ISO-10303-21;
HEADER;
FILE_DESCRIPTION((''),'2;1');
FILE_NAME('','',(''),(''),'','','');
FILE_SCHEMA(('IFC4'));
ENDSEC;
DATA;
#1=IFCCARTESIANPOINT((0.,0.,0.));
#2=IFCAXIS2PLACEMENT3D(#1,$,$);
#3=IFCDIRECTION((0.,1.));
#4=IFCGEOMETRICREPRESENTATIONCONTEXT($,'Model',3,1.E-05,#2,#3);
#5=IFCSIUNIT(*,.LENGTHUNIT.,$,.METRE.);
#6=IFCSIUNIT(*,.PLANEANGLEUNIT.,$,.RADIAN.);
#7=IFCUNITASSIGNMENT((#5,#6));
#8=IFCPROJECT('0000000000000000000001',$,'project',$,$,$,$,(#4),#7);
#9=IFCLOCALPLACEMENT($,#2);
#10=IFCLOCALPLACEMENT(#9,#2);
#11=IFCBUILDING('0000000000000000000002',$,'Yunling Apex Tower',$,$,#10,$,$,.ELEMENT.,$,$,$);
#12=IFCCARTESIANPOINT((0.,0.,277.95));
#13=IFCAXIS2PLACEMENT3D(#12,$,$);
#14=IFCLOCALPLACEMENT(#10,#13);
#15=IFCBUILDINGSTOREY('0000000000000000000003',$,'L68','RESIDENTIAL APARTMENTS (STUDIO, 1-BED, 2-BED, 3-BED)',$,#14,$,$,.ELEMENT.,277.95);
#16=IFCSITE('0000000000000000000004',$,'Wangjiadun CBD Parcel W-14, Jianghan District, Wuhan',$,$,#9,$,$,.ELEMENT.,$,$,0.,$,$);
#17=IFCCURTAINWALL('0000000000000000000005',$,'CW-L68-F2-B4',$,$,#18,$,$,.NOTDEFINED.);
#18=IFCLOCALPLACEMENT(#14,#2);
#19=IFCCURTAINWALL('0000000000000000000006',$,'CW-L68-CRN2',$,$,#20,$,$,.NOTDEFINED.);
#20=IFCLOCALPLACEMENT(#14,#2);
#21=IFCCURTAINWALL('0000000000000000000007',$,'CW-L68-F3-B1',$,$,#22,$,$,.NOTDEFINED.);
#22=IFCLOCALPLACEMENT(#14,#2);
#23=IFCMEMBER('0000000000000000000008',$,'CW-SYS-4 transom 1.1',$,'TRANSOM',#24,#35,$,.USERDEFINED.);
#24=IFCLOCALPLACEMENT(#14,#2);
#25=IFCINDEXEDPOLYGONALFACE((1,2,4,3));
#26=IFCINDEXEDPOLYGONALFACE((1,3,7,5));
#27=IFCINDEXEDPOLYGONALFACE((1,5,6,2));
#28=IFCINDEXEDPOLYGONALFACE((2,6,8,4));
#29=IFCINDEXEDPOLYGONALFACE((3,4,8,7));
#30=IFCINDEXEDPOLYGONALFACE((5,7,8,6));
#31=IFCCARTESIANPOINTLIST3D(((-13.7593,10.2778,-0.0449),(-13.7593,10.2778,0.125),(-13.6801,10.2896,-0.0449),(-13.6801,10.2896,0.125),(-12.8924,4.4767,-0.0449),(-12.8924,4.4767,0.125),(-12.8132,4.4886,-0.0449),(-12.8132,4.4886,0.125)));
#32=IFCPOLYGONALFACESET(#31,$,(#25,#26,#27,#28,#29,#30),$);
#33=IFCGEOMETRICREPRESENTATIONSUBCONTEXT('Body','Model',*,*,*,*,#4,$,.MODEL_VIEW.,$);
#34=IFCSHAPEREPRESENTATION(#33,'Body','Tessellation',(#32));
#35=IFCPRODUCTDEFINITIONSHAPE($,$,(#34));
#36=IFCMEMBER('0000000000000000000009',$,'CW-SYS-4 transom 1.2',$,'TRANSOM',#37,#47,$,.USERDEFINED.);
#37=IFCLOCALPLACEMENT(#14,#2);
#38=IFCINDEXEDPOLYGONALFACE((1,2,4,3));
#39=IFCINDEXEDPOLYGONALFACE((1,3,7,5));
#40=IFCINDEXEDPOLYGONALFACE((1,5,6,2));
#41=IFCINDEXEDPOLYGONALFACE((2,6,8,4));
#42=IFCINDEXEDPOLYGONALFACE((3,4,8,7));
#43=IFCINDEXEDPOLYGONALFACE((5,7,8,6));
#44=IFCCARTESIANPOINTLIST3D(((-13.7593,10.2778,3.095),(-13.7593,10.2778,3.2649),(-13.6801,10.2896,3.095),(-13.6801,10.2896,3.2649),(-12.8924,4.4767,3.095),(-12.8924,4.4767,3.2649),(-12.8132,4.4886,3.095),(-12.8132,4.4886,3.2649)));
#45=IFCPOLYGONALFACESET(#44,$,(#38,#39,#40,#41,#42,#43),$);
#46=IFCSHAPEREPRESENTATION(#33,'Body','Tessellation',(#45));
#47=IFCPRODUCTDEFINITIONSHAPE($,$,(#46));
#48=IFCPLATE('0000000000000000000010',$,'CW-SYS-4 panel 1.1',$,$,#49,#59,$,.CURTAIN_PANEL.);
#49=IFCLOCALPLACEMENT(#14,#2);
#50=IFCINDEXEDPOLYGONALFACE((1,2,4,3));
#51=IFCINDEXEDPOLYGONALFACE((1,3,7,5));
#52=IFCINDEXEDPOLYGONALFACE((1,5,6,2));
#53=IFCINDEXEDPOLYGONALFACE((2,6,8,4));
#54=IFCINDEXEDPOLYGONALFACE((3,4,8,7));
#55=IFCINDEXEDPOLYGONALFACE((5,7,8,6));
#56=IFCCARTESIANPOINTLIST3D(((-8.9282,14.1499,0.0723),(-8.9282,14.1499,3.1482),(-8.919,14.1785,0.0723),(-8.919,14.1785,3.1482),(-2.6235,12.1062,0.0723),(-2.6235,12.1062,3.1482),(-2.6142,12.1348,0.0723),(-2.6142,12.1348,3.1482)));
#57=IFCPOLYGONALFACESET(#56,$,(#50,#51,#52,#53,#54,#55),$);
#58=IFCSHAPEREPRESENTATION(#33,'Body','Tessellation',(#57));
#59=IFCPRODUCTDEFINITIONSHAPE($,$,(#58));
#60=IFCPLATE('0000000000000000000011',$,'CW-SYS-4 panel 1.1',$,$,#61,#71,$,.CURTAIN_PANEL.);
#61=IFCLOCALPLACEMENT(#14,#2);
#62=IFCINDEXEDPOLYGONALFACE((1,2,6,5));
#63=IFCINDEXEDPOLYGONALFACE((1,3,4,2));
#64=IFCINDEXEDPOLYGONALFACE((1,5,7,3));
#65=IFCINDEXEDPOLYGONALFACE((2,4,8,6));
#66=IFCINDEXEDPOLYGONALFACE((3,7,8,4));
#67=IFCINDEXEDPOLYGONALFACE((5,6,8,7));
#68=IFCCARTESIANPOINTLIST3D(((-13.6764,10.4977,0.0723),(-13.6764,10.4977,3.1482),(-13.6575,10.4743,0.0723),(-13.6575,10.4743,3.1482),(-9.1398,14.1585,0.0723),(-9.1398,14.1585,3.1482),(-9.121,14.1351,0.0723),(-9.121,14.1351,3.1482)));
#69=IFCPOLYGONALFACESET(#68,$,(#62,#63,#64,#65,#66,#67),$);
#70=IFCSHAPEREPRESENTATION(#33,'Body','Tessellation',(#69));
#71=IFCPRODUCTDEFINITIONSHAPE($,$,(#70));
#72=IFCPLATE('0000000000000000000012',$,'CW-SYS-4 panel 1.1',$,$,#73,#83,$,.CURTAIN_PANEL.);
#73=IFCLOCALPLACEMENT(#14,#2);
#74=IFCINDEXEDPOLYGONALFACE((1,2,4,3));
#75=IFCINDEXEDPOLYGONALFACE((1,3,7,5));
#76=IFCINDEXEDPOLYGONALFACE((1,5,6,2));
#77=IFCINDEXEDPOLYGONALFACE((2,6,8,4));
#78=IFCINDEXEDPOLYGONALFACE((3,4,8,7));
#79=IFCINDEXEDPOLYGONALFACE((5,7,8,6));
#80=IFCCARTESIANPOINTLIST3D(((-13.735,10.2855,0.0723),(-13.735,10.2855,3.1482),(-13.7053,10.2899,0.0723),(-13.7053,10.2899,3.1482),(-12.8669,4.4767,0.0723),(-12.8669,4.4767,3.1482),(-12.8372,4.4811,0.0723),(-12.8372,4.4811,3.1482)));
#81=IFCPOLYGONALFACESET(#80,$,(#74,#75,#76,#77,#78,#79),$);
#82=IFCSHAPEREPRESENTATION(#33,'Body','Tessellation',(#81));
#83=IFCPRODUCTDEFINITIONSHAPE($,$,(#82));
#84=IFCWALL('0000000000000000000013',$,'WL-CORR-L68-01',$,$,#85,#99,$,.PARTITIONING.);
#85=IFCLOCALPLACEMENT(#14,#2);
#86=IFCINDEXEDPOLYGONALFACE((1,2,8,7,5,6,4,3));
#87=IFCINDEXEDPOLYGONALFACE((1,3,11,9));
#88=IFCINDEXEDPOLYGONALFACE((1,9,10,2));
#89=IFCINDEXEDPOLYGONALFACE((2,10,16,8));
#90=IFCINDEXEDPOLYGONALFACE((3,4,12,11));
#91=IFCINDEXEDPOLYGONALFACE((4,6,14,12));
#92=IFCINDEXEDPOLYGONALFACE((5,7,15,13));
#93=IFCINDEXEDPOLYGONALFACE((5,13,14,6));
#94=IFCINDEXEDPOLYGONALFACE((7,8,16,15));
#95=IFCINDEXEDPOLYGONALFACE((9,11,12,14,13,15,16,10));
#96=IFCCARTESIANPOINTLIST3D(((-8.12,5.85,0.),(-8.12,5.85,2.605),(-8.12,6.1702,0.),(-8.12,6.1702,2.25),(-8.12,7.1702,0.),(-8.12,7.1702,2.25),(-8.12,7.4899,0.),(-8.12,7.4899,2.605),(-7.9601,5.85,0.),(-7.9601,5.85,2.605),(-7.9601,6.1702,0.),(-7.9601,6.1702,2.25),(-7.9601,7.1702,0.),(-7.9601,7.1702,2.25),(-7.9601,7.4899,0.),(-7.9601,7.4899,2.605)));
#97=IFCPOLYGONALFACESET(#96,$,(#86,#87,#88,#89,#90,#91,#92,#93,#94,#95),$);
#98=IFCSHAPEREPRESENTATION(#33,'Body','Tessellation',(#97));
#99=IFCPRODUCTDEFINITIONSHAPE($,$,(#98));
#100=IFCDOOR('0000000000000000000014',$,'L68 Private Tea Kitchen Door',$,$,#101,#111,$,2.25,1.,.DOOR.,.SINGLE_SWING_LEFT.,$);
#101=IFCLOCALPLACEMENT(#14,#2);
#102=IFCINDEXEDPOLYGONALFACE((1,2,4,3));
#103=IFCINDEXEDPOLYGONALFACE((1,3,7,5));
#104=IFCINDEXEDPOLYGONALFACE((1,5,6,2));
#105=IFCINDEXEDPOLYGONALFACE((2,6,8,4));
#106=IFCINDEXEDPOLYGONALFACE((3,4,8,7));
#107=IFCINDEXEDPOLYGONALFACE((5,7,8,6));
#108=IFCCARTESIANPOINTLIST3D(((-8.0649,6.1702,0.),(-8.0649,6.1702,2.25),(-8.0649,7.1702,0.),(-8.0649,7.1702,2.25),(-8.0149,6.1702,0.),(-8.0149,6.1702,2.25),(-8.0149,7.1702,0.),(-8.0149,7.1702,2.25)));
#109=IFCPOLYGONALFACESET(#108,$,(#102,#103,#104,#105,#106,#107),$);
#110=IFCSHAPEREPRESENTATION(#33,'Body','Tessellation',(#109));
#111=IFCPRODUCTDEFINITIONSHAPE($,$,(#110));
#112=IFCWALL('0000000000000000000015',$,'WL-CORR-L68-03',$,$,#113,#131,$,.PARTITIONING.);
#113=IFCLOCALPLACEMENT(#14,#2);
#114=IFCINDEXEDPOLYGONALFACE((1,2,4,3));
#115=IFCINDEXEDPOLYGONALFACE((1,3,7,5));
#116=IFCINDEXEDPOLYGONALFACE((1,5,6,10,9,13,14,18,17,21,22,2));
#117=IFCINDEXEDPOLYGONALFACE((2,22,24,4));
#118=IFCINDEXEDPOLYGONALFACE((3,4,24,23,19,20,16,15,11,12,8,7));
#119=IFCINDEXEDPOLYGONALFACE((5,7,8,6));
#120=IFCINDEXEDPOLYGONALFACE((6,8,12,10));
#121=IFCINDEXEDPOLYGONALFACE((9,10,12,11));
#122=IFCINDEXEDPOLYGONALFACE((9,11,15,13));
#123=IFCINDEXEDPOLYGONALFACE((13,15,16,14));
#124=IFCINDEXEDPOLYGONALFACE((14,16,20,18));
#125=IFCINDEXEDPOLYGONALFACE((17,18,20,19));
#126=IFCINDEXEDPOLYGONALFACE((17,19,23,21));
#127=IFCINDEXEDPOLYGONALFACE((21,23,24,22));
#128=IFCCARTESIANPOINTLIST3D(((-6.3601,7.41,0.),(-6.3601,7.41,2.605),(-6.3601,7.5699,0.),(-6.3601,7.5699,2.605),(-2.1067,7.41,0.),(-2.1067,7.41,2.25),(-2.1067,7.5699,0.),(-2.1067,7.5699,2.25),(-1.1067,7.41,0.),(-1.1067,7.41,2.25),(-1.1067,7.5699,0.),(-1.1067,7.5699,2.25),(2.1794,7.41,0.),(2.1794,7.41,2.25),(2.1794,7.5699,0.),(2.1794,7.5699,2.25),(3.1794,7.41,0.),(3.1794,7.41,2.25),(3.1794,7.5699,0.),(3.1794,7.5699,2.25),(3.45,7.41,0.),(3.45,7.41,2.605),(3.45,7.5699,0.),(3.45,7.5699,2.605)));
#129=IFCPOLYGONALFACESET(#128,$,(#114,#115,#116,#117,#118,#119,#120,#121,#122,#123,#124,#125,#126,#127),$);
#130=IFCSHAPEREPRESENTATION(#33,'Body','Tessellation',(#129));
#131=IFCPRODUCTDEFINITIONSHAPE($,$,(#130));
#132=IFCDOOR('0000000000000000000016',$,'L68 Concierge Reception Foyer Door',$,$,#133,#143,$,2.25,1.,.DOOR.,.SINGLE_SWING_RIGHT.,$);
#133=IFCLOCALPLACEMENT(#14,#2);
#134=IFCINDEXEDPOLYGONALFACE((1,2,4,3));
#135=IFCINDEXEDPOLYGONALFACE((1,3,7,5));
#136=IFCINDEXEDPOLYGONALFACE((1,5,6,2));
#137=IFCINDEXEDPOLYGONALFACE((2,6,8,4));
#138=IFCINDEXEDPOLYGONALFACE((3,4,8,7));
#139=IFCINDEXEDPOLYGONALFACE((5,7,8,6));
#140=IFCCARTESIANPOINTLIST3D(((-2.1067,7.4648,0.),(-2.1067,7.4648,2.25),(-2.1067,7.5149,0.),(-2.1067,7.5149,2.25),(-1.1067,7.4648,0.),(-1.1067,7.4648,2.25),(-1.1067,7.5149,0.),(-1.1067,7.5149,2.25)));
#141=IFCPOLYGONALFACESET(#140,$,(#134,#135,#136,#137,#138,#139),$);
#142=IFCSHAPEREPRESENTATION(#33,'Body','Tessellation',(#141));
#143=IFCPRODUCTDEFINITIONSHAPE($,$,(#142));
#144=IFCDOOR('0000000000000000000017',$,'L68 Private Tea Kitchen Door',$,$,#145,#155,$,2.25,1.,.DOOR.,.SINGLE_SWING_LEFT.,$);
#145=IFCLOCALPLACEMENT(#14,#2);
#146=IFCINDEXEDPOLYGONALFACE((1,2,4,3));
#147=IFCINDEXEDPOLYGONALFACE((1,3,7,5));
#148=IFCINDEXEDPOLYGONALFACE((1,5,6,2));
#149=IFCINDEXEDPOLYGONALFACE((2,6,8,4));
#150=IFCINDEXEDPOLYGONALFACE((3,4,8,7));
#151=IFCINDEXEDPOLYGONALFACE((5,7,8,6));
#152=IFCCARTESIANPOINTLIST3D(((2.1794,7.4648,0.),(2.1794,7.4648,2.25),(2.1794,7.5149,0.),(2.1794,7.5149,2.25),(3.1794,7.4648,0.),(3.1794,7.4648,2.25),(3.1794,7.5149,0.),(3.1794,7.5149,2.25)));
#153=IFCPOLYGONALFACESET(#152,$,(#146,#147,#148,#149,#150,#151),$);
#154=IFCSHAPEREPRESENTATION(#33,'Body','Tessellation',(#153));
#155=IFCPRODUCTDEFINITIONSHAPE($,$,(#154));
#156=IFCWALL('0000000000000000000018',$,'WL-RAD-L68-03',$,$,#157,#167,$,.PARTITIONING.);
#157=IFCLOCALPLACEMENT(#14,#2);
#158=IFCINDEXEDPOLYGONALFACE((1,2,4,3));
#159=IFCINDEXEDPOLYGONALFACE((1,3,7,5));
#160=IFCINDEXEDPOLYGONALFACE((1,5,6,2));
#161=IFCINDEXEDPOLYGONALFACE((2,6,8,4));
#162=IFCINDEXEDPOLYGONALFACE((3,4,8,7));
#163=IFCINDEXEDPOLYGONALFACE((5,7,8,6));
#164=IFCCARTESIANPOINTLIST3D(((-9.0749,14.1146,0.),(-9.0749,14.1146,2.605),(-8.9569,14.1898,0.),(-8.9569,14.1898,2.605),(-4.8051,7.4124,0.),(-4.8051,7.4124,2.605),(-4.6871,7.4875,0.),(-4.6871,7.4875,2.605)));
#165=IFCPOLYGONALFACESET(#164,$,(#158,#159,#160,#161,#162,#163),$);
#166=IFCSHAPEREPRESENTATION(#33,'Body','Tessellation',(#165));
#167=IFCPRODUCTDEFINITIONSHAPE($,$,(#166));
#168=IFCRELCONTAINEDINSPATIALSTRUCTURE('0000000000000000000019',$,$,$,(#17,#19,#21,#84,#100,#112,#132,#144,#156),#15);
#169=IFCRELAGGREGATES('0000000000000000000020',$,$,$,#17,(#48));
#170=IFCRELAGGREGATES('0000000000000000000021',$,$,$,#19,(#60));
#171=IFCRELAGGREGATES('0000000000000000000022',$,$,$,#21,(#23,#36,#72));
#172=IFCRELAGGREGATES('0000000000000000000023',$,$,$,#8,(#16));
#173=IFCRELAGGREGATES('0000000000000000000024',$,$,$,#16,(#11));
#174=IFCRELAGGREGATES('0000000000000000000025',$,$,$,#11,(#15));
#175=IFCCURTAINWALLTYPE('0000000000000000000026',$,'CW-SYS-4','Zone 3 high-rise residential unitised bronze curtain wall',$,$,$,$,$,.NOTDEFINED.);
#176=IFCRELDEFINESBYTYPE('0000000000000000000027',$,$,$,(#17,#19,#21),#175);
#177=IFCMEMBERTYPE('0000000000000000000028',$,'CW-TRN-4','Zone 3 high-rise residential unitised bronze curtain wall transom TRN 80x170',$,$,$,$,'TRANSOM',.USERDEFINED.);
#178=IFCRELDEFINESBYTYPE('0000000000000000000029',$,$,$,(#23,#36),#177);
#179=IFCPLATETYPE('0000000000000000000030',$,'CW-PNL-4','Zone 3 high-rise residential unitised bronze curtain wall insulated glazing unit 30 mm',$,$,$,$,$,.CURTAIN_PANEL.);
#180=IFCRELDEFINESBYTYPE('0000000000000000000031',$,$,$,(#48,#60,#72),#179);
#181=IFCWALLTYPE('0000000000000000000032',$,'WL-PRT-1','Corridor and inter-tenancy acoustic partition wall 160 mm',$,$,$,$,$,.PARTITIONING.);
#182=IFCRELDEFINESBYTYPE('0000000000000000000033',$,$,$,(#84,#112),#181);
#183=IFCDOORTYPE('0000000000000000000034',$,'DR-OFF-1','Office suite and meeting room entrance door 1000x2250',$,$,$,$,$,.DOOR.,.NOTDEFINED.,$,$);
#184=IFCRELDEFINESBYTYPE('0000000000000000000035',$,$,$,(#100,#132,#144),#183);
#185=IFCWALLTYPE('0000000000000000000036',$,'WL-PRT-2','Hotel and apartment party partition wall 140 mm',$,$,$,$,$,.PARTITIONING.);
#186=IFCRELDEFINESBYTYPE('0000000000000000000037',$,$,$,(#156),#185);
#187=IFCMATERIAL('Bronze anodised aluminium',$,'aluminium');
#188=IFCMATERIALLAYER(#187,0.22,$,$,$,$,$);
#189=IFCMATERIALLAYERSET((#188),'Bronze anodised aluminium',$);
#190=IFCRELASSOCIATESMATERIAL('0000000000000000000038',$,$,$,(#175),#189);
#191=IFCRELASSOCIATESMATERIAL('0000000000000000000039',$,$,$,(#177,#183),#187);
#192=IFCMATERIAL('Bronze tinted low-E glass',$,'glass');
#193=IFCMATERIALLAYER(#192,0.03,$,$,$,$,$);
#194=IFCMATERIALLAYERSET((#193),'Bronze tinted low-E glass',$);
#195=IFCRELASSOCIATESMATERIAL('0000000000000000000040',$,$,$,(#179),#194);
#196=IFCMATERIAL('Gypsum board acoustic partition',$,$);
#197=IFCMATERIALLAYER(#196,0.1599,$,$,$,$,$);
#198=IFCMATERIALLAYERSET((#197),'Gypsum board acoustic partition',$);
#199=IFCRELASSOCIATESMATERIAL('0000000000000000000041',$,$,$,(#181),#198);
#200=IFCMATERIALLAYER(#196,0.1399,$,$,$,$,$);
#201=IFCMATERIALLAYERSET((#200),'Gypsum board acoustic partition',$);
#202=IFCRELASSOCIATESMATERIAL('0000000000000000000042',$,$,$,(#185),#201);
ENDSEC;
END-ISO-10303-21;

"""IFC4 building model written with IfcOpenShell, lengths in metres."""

from ifc_helpers import new_model, si_unit, direction, frame, frame_2d, origin, origin_2d, place, context, subcontext, project, spatial, rectangle, extrude, source, transform, mapped, material, layer, layer_set, material_profile, profile_set, type_object, element, fill, aggregate, save


model = new_model("IFC4")

# Units and contexts
model_context = context("Model", 3, precision=1e-05, world=origin(), true_north=direction((0.0, 1.0)))
body_context = subcontext(model_context, "Body", "Model", "MODEL_VIEW")
ifc_project = project(units=[si_unit("LENGTHUNIT", "METRE"), si_unit("PLANEANGLEUNIT", "RADIAN")], contexts=[model_context])

# Site, building, storey
site_placement = place(None, origin())
site = spatial("IfcSite", under=ifc_project, at=site_placement, Name="Wangjiadun CBD Parcel W-14, Jianghan District, Wuhan", CompositionType="ELEMENT", RefElevation=0.0)
building_placement = place(site_placement, origin())
building = spatial("IfcBuilding", under=site, at=building_placement, Name="Yunling Apex Tower", CompositionType="ELEMENT")
storey_placement = place(building_placement, frame((0.0, 0.0, 277.95)))
storey = spatial("IfcBuildingStorey", under=building, at=storey_placement, Name="L68", Description="RESIDENTIAL APARTMENTS (STUDIO, 1-BED, 2-BED, 3-BED)", CompositionType="ELEMENT", Elevation=277.95)

# Curtain wall
ifc_material_1 = material(Name="Bronze anodised aluminium", Category="aluminium")
ifc_layer_1 = layer(ifc_material_1, 0.22)
ifc_layer_set_1 = layer_set([ifc_layer_1], Name="Bronze anodised aluminium")
curtain_wall_type = type_object("IfcCurtainWallType", Name="CW-SYS-4", Description="Zone 3 high-rise residential unitised bronze curtain wall", PredefinedType="NOTDEFINED", material=ifc_layer_set_1)
curtain_wall_1_placement = place(storey_placement, origin())
curtain_wall_1 = element("IfcCurtainWall", 1, at=curtain_wall_1_placement, inside=storey, type_object=curtain_wall_type, Name="CW-L68-F2-B4", PredefinedType="NOTDEFINED")

# Curtain wall
curtain_wall_2_placement = place(storey_placement, origin())
curtain_wall_2 = element("IfcCurtainWall", 2, at=curtain_wall_2_placement, inside=storey, type_object=curtain_wall_type, Name="CW-L68-CRN2", PredefinedType="NOTDEFINED")

# Curtain wall
curtain_wall_3_placement = place(storey_placement, origin())
curtain_wall_3 = element("IfcCurtainWall", 3, at=curtain_wall_3_placement, inside=storey, type_object=curtain_wall_type, Name="CW-L68-F3-B1", PredefinedType="NOTDEFINED")

# Members
ifc_material_profile_1 = material_profile(ifc_material_1, rectangle(XDim=0.0801, YDim=0.1699, at=origin_2d()))
ifc_profile_set_1 = profile_set([ifc_material_profile_1], Name="Bronze anodised aluminium")
member_type_1 = type_object("IfcMemberType", Name="CW-TRN-4", Description="Zone 3 high-rise residential unitised bronze curtain wall transom TRN 80x170", ElementType="TRANSOM", PredefinedType="USERDEFINED", material=ifc_profile_set_1)
shared_shape_1 = source(origin(), body_context, "Body", "SweptSolid", [
    extrude(rectangle(XDim=0.0801, YDim=0.1699, at=origin_2d()), origin(), (0.0, 0.0, 1.0), 5.8655),
])
member_1_placement = place(storey_placement, frame((-13.7197, 10.2837, 0.04), z_axis=(0.147805, -0.989017, 0.0), x_axis=(0.989017, 0.147805, 0.0)))
member_1 = element("IfcMember", 4, at=member_1_placement, type_object=member_type_1, Name="CW-SYS-4 transom 1.1", ObjectType="TRANSOM", PredefinedType="USERDEFINED", context=body_context, shape_type="MappedRepresentation", body=[
    mapped(shared_shape_1, transform((0.0, 0.0, 0.0), scale=1.0)),
])
member_2_placement = place(storey_placement, frame((-13.7197, 10.2837, 3.1799), z_axis=(0.147805, -0.989017, 0.0), x_axis=(0.989017, 0.147805, 0.0)))
member_2 = element("IfcMember", 5, at=member_2_placement, type_object=member_type_1, Name="CW-SYS-4 transom 1.2", ObjectType="TRANSOM", PredefinedType="USERDEFINED", context=body_context, shape_type="MappedRepresentation", body=[
    mapped(shared_shape_1, transform((0.0, 0.0, 0.0), scale=1.0)),
])

# Plates
ifc_material_2 = material(Name="Bronze tinted low-E glass", Category="glass")
ifc_layer_2 = layer(ifc_material_2, 0.03)
ifc_layer_set_2 = layer_set([ifc_layer_2], Name="Bronze tinted low-E glass")
plate_type = type_object("IfcPlateType", Name="CW-PNL-4", Description="Zone 3 high-rise residential unitised bronze curtain wall insulated glazing unit 30 mm", PredefinedType="CURTAIN_PANEL", material=ifc_layer_set_2)
shared_shape_2 = source(origin(), body_context, "Body", "SweptSolid", [
    extrude(rectangle(XDim=6.6277, YDim=0.03, at=origin_2d()), origin(), (0.0, 0.0, 1.0), 3.0759),
])
plate_1_placement = place(storey_placement, frame((-5.7712, 13.1423, 0.0723), z_axis=(0.0, 0.0, 1.0), x_axis=(-0.951272, 0.308353, 0.0)))
plate_1 = element("IfcPlate", 6, at=plate_1_placement, type_object=plate_type, Name="CW-SYS-4 panel 1.1", PredefinedType="CURTAIN_PANEL", context=body_context, shape_type="MappedRepresentation", body=[
    mapped(shared_shape_2, transform((0.0, 0.0, 0.0), scale=1.0)),
])
aggregate(curtain_wall_1, [plate_1])
shared_shape_3 = source(origin(), body_context, "Body", "SweptSolid", [
    extrude(rectangle(XDim=5.8293, YDim=0.03, at=origin_2d()), origin(), (0.0, 0.0, 1.0), 3.0759),
])
plate_2_placement = place(storey_placement, frame((-11.3987, 12.3164, 0.0723), z_axis=(0.0, 0.0, 1.0), x_axis=(-0.778222, -0.627989, 0.0)))
plate_2 = element("IfcPlate", 7, at=plate_2_placement, type_object=plate_type, Name="CW-SYS-4 panel 1.1", PredefinedType="CURTAIN_PANEL", context=body_context, shape_type="MappedRepresentation", body=[
    mapped(shared_shape_3, transform((0.0, 0.0, 0.0), scale=1.0)),
])
aggregate(curtain_wall_2, [plate_2])
shared_shape_4 = source(origin(), body_context, "Body", "SweptSolid", [
    extrude(rectangle(XDim=5.8733, YDim=0.03, at=origin_2d()), origin(), (0.0, 0.0, 1.0), 3.0759),
])
plate_3_placement = place(storey_placement, frame((-13.2861, 7.3833, 0.0723), z_axis=(0.0, 0.0, 1.0), x_axis=(0.147807, -0.989016, 0.0)))
plate_3 = element("IfcPlate", 8, at=plate_3_placement, type_object=plate_type, Name="CW-SYS-4 panel 1.1", PredefinedType="CURTAIN_PANEL", context=body_context, shape_type="MappedRepresentation", body=[
    mapped(shared_shape_4, transform((0.0, 0.0, 0.0), scale=1.0)),
])
aggregate(curtain_wall_3, [member_1, member_2, plate_3])

# Wall, opening, door
ifc_material_3 = material(Name="Gypsum board acoustic partition")
ifc_layer_3 = layer(ifc_material_3, 0.1599)
ifc_layer_set_3 = layer_set([ifc_layer_3], Name="Gypsum board acoustic partition")
wall_type_1 = type_object("IfcWallType", Name="WL-PRT-1", Description="Corridor and inter-tenancy acoustic partition wall 160 mm", PredefinedType="PARTITIONING", material=ifc_layer_set_3)
wall_1_placement = place(storey_placement, frame((-8.04, 5.8501, 0.0), z_axis=(0.0, 0.0, 1.0), x_axis=(0.0, 1.0, 0.0)))
wall_1 = element("IfcWall", 9, at=wall_1_placement, inside=storey, type_object=wall_type_1, Name="WL-CORR-L68-01", PredefinedType="PARTITIONING", context=body_context, shape_type="SweptSolid", body=[
    extrude(rectangle(XDim=1.6399, YDim=0.1599, at=frame_2d((0.8198, 0.0))), origin(), (0.0, 0.0, 1.0), 2.605),
])
opening_1_placement = place(wall_1_placement, frame((0.3201, 0.0, 0.0)))
opening_1 = element("IfcOpeningElement", 10, at=opening_1_placement, cuts=wall_1, PredefinedType="OPENING", context=body_context, shape_type="SweptSolid", body=[
    extrude(rectangle(XDim=1.0, YDim=2.25, at=frame_2d((0.5, 1.125))), frame((0.0, 0.0898, 0.0), z_axis=(0.0, -1.0, 0.0), x_axis=(1.0, 0.0, 0.0)), (0.0, 0.0, 1.0), 0.1799),
])
door_type = type_object("IfcDoorType", Name="DR-OFF-1", Description="Office suite and meeting room entrance door 1000x2250", OperationType="NOTDEFINED", PredefinedType="DOOR", material=ifc_material_1)
door_1_placement = place(opening_1_placement, origin())
door_1 = element("IfcDoor", 11, at=door_1_placement, inside=storey, type_object=door_type, Name="L68 Private Tea Kitchen Door", OperationType="SINGLE_SWING_LEFT", OverallHeight=2.25, OverallWidth=1.0, PredefinedType="DOOR", context=body_context, shape_type="SweptSolid", body=[
    extrude(rectangle(XDim=1.0, YDim=2.25, at=frame_2d((0.5, 1.125))), frame((0.0, 0.0249, 0.0), z_axis=(0.0, -1.0, 0.0), x_axis=(1.0, 0.0, 0.0)), (0.0, 0.0, 1.0), 0.05),
])
fill(opening_1, door_1)

# Wall, openings, doors
wall_2_placement = place(storey_placement, frame((-6.3601, 7.49, 0.0), z_axis=(0.0, 0.0, 1.0), x_axis=(1.0, 0.0, 0.0)))
wall_2 = element("IfcWall", 12, at=wall_2_placement, inside=storey, type_object=wall_type_1, Name="WL-CORR-L68-03", PredefinedType="PARTITIONING", context=body_context, shape_type="SweptSolid", body=[
    extrude(rectangle(XDim=9.8101, YDim=0.1599, at=frame_2d((4.905, 0.0))), origin(), (0.0, 0.0, 1.0), 2.605),
])
opening_2_placement = place(wall_2_placement, frame((4.2534, 0.0, 0.0)))
opening_2 = element("IfcOpeningElement", 13, at=opening_2_placement, cuts=wall_2, PredefinedType="OPENING", context=body_context, shape_type="SweptSolid", body=[
    extrude(rectangle(XDim=1.0, YDim=2.25, at=frame_2d((0.5, 1.125))), frame((0.0, 0.0898, 0.0), z_axis=(0.0, -1.0, 0.0), x_axis=(1.0, 0.0, 0.0)), (0.0, 0.0, 1.0), 0.1799),
])
opening_3_placement = place(wall_2_placement, frame((8.5396, 0.0, 0.0)))
opening_3 = element("IfcOpeningElement", 14, at=opening_3_placement, cuts=wall_2, PredefinedType="OPENING", context=body_context, shape_type="SweptSolid", body=[
    extrude(rectangle(XDim=1.0, YDim=2.25, at=frame_2d((0.5, 1.125))), frame((0.0, 0.0898, 0.0), z_axis=(0.0, -1.0, 0.0), x_axis=(1.0, 0.0, 0.0)), (0.0, 0.0, 1.0), 0.1799),
])
door_2_placement = place(opening_2_placement, origin())
door_2 = element("IfcDoor", 15, at=door_2_placement, inside=storey, type_object=door_type, Name="L68 Concierge Reception Foyer Door", OperationType="SINGLE_SWING_RIGHT", OverallHeight=2.25, OverallWidth=1.0, PredefinedType="DOOR", context=body_context, shape_type="SweptSolid", body=[
    extrude(rectangle(XDim=1.0, YDim=2.25, at=frame_2d((0.5, 1.125))), frame((0.0, 0.0249, 0.0), z_axis=(0.0, -1.0, 0.0), x_axis=(1.0, 0.0, 0.0)), (0.0, 0.0, 1.0), 0.05),
])
fill(opening_2, door_2)
door_3_placement = place(opening_3_placement, origin())
door_3 = element("IfcDoor", 16, at=door_3_placement, inside=storey, type_object=door_type, Name="L68 Private Tea Kitchen Door", OperationType="SINGLE_SWING_LEFT", OverallHeight=2.25, OverallWidth=1.0, PredefinedType="DOOR", context=body_context, shape_type="SweptSolid", body=[
    extrude(rectangle(XDim=1.0, YDim=2.25, at=frame_2d((0.5, 1.125))), frame((0.0, 0.0249, 0.0), z_axis=(0.0, -1.0, 0.0), x_axis=(1.0, 0.0, 0.0)), (0.0, 0.0, 1.0), 0.05),
])
fill(opening_3, door_3)

# Wall
ifc_layer_4 = layer(ifc_material_3, 0.1399)
ifc_layer_set_4 = layer_set([ifc_layer_4], Name="Gypsum board acoustic partition")
wall_type_2 = type_object("IfcWallType", Name="WL-PRT-2", Description="Hotel and apartment party partition wall 140 mm", PredefinedType="PARTITIONING", material=ifc_layer_set_4)
wall_3_placement = place(storey_placement, frame((-4.7461, 7.45, 0.0), z_axis=(0.0, 0.0, 1.0), x_axis=(-0.537303, 0.843389, 0.0)))
element("IfcWall", 17, at=wall_3_placement, inside=storey, type_object=wall_type_2, Name="WL-RAD-L68-03", PredefinedType="PARTITIONING", context=body_context, shape_type="SweptSolid", body=[
    extrude(rectangle(XDim=7.9468, YDim=0.1399, at=frame_2d((3.9734, 0.0))), origin(), (0.0, 0.0, 1.0), 2.605),
])

save(model, "model.ifc")
